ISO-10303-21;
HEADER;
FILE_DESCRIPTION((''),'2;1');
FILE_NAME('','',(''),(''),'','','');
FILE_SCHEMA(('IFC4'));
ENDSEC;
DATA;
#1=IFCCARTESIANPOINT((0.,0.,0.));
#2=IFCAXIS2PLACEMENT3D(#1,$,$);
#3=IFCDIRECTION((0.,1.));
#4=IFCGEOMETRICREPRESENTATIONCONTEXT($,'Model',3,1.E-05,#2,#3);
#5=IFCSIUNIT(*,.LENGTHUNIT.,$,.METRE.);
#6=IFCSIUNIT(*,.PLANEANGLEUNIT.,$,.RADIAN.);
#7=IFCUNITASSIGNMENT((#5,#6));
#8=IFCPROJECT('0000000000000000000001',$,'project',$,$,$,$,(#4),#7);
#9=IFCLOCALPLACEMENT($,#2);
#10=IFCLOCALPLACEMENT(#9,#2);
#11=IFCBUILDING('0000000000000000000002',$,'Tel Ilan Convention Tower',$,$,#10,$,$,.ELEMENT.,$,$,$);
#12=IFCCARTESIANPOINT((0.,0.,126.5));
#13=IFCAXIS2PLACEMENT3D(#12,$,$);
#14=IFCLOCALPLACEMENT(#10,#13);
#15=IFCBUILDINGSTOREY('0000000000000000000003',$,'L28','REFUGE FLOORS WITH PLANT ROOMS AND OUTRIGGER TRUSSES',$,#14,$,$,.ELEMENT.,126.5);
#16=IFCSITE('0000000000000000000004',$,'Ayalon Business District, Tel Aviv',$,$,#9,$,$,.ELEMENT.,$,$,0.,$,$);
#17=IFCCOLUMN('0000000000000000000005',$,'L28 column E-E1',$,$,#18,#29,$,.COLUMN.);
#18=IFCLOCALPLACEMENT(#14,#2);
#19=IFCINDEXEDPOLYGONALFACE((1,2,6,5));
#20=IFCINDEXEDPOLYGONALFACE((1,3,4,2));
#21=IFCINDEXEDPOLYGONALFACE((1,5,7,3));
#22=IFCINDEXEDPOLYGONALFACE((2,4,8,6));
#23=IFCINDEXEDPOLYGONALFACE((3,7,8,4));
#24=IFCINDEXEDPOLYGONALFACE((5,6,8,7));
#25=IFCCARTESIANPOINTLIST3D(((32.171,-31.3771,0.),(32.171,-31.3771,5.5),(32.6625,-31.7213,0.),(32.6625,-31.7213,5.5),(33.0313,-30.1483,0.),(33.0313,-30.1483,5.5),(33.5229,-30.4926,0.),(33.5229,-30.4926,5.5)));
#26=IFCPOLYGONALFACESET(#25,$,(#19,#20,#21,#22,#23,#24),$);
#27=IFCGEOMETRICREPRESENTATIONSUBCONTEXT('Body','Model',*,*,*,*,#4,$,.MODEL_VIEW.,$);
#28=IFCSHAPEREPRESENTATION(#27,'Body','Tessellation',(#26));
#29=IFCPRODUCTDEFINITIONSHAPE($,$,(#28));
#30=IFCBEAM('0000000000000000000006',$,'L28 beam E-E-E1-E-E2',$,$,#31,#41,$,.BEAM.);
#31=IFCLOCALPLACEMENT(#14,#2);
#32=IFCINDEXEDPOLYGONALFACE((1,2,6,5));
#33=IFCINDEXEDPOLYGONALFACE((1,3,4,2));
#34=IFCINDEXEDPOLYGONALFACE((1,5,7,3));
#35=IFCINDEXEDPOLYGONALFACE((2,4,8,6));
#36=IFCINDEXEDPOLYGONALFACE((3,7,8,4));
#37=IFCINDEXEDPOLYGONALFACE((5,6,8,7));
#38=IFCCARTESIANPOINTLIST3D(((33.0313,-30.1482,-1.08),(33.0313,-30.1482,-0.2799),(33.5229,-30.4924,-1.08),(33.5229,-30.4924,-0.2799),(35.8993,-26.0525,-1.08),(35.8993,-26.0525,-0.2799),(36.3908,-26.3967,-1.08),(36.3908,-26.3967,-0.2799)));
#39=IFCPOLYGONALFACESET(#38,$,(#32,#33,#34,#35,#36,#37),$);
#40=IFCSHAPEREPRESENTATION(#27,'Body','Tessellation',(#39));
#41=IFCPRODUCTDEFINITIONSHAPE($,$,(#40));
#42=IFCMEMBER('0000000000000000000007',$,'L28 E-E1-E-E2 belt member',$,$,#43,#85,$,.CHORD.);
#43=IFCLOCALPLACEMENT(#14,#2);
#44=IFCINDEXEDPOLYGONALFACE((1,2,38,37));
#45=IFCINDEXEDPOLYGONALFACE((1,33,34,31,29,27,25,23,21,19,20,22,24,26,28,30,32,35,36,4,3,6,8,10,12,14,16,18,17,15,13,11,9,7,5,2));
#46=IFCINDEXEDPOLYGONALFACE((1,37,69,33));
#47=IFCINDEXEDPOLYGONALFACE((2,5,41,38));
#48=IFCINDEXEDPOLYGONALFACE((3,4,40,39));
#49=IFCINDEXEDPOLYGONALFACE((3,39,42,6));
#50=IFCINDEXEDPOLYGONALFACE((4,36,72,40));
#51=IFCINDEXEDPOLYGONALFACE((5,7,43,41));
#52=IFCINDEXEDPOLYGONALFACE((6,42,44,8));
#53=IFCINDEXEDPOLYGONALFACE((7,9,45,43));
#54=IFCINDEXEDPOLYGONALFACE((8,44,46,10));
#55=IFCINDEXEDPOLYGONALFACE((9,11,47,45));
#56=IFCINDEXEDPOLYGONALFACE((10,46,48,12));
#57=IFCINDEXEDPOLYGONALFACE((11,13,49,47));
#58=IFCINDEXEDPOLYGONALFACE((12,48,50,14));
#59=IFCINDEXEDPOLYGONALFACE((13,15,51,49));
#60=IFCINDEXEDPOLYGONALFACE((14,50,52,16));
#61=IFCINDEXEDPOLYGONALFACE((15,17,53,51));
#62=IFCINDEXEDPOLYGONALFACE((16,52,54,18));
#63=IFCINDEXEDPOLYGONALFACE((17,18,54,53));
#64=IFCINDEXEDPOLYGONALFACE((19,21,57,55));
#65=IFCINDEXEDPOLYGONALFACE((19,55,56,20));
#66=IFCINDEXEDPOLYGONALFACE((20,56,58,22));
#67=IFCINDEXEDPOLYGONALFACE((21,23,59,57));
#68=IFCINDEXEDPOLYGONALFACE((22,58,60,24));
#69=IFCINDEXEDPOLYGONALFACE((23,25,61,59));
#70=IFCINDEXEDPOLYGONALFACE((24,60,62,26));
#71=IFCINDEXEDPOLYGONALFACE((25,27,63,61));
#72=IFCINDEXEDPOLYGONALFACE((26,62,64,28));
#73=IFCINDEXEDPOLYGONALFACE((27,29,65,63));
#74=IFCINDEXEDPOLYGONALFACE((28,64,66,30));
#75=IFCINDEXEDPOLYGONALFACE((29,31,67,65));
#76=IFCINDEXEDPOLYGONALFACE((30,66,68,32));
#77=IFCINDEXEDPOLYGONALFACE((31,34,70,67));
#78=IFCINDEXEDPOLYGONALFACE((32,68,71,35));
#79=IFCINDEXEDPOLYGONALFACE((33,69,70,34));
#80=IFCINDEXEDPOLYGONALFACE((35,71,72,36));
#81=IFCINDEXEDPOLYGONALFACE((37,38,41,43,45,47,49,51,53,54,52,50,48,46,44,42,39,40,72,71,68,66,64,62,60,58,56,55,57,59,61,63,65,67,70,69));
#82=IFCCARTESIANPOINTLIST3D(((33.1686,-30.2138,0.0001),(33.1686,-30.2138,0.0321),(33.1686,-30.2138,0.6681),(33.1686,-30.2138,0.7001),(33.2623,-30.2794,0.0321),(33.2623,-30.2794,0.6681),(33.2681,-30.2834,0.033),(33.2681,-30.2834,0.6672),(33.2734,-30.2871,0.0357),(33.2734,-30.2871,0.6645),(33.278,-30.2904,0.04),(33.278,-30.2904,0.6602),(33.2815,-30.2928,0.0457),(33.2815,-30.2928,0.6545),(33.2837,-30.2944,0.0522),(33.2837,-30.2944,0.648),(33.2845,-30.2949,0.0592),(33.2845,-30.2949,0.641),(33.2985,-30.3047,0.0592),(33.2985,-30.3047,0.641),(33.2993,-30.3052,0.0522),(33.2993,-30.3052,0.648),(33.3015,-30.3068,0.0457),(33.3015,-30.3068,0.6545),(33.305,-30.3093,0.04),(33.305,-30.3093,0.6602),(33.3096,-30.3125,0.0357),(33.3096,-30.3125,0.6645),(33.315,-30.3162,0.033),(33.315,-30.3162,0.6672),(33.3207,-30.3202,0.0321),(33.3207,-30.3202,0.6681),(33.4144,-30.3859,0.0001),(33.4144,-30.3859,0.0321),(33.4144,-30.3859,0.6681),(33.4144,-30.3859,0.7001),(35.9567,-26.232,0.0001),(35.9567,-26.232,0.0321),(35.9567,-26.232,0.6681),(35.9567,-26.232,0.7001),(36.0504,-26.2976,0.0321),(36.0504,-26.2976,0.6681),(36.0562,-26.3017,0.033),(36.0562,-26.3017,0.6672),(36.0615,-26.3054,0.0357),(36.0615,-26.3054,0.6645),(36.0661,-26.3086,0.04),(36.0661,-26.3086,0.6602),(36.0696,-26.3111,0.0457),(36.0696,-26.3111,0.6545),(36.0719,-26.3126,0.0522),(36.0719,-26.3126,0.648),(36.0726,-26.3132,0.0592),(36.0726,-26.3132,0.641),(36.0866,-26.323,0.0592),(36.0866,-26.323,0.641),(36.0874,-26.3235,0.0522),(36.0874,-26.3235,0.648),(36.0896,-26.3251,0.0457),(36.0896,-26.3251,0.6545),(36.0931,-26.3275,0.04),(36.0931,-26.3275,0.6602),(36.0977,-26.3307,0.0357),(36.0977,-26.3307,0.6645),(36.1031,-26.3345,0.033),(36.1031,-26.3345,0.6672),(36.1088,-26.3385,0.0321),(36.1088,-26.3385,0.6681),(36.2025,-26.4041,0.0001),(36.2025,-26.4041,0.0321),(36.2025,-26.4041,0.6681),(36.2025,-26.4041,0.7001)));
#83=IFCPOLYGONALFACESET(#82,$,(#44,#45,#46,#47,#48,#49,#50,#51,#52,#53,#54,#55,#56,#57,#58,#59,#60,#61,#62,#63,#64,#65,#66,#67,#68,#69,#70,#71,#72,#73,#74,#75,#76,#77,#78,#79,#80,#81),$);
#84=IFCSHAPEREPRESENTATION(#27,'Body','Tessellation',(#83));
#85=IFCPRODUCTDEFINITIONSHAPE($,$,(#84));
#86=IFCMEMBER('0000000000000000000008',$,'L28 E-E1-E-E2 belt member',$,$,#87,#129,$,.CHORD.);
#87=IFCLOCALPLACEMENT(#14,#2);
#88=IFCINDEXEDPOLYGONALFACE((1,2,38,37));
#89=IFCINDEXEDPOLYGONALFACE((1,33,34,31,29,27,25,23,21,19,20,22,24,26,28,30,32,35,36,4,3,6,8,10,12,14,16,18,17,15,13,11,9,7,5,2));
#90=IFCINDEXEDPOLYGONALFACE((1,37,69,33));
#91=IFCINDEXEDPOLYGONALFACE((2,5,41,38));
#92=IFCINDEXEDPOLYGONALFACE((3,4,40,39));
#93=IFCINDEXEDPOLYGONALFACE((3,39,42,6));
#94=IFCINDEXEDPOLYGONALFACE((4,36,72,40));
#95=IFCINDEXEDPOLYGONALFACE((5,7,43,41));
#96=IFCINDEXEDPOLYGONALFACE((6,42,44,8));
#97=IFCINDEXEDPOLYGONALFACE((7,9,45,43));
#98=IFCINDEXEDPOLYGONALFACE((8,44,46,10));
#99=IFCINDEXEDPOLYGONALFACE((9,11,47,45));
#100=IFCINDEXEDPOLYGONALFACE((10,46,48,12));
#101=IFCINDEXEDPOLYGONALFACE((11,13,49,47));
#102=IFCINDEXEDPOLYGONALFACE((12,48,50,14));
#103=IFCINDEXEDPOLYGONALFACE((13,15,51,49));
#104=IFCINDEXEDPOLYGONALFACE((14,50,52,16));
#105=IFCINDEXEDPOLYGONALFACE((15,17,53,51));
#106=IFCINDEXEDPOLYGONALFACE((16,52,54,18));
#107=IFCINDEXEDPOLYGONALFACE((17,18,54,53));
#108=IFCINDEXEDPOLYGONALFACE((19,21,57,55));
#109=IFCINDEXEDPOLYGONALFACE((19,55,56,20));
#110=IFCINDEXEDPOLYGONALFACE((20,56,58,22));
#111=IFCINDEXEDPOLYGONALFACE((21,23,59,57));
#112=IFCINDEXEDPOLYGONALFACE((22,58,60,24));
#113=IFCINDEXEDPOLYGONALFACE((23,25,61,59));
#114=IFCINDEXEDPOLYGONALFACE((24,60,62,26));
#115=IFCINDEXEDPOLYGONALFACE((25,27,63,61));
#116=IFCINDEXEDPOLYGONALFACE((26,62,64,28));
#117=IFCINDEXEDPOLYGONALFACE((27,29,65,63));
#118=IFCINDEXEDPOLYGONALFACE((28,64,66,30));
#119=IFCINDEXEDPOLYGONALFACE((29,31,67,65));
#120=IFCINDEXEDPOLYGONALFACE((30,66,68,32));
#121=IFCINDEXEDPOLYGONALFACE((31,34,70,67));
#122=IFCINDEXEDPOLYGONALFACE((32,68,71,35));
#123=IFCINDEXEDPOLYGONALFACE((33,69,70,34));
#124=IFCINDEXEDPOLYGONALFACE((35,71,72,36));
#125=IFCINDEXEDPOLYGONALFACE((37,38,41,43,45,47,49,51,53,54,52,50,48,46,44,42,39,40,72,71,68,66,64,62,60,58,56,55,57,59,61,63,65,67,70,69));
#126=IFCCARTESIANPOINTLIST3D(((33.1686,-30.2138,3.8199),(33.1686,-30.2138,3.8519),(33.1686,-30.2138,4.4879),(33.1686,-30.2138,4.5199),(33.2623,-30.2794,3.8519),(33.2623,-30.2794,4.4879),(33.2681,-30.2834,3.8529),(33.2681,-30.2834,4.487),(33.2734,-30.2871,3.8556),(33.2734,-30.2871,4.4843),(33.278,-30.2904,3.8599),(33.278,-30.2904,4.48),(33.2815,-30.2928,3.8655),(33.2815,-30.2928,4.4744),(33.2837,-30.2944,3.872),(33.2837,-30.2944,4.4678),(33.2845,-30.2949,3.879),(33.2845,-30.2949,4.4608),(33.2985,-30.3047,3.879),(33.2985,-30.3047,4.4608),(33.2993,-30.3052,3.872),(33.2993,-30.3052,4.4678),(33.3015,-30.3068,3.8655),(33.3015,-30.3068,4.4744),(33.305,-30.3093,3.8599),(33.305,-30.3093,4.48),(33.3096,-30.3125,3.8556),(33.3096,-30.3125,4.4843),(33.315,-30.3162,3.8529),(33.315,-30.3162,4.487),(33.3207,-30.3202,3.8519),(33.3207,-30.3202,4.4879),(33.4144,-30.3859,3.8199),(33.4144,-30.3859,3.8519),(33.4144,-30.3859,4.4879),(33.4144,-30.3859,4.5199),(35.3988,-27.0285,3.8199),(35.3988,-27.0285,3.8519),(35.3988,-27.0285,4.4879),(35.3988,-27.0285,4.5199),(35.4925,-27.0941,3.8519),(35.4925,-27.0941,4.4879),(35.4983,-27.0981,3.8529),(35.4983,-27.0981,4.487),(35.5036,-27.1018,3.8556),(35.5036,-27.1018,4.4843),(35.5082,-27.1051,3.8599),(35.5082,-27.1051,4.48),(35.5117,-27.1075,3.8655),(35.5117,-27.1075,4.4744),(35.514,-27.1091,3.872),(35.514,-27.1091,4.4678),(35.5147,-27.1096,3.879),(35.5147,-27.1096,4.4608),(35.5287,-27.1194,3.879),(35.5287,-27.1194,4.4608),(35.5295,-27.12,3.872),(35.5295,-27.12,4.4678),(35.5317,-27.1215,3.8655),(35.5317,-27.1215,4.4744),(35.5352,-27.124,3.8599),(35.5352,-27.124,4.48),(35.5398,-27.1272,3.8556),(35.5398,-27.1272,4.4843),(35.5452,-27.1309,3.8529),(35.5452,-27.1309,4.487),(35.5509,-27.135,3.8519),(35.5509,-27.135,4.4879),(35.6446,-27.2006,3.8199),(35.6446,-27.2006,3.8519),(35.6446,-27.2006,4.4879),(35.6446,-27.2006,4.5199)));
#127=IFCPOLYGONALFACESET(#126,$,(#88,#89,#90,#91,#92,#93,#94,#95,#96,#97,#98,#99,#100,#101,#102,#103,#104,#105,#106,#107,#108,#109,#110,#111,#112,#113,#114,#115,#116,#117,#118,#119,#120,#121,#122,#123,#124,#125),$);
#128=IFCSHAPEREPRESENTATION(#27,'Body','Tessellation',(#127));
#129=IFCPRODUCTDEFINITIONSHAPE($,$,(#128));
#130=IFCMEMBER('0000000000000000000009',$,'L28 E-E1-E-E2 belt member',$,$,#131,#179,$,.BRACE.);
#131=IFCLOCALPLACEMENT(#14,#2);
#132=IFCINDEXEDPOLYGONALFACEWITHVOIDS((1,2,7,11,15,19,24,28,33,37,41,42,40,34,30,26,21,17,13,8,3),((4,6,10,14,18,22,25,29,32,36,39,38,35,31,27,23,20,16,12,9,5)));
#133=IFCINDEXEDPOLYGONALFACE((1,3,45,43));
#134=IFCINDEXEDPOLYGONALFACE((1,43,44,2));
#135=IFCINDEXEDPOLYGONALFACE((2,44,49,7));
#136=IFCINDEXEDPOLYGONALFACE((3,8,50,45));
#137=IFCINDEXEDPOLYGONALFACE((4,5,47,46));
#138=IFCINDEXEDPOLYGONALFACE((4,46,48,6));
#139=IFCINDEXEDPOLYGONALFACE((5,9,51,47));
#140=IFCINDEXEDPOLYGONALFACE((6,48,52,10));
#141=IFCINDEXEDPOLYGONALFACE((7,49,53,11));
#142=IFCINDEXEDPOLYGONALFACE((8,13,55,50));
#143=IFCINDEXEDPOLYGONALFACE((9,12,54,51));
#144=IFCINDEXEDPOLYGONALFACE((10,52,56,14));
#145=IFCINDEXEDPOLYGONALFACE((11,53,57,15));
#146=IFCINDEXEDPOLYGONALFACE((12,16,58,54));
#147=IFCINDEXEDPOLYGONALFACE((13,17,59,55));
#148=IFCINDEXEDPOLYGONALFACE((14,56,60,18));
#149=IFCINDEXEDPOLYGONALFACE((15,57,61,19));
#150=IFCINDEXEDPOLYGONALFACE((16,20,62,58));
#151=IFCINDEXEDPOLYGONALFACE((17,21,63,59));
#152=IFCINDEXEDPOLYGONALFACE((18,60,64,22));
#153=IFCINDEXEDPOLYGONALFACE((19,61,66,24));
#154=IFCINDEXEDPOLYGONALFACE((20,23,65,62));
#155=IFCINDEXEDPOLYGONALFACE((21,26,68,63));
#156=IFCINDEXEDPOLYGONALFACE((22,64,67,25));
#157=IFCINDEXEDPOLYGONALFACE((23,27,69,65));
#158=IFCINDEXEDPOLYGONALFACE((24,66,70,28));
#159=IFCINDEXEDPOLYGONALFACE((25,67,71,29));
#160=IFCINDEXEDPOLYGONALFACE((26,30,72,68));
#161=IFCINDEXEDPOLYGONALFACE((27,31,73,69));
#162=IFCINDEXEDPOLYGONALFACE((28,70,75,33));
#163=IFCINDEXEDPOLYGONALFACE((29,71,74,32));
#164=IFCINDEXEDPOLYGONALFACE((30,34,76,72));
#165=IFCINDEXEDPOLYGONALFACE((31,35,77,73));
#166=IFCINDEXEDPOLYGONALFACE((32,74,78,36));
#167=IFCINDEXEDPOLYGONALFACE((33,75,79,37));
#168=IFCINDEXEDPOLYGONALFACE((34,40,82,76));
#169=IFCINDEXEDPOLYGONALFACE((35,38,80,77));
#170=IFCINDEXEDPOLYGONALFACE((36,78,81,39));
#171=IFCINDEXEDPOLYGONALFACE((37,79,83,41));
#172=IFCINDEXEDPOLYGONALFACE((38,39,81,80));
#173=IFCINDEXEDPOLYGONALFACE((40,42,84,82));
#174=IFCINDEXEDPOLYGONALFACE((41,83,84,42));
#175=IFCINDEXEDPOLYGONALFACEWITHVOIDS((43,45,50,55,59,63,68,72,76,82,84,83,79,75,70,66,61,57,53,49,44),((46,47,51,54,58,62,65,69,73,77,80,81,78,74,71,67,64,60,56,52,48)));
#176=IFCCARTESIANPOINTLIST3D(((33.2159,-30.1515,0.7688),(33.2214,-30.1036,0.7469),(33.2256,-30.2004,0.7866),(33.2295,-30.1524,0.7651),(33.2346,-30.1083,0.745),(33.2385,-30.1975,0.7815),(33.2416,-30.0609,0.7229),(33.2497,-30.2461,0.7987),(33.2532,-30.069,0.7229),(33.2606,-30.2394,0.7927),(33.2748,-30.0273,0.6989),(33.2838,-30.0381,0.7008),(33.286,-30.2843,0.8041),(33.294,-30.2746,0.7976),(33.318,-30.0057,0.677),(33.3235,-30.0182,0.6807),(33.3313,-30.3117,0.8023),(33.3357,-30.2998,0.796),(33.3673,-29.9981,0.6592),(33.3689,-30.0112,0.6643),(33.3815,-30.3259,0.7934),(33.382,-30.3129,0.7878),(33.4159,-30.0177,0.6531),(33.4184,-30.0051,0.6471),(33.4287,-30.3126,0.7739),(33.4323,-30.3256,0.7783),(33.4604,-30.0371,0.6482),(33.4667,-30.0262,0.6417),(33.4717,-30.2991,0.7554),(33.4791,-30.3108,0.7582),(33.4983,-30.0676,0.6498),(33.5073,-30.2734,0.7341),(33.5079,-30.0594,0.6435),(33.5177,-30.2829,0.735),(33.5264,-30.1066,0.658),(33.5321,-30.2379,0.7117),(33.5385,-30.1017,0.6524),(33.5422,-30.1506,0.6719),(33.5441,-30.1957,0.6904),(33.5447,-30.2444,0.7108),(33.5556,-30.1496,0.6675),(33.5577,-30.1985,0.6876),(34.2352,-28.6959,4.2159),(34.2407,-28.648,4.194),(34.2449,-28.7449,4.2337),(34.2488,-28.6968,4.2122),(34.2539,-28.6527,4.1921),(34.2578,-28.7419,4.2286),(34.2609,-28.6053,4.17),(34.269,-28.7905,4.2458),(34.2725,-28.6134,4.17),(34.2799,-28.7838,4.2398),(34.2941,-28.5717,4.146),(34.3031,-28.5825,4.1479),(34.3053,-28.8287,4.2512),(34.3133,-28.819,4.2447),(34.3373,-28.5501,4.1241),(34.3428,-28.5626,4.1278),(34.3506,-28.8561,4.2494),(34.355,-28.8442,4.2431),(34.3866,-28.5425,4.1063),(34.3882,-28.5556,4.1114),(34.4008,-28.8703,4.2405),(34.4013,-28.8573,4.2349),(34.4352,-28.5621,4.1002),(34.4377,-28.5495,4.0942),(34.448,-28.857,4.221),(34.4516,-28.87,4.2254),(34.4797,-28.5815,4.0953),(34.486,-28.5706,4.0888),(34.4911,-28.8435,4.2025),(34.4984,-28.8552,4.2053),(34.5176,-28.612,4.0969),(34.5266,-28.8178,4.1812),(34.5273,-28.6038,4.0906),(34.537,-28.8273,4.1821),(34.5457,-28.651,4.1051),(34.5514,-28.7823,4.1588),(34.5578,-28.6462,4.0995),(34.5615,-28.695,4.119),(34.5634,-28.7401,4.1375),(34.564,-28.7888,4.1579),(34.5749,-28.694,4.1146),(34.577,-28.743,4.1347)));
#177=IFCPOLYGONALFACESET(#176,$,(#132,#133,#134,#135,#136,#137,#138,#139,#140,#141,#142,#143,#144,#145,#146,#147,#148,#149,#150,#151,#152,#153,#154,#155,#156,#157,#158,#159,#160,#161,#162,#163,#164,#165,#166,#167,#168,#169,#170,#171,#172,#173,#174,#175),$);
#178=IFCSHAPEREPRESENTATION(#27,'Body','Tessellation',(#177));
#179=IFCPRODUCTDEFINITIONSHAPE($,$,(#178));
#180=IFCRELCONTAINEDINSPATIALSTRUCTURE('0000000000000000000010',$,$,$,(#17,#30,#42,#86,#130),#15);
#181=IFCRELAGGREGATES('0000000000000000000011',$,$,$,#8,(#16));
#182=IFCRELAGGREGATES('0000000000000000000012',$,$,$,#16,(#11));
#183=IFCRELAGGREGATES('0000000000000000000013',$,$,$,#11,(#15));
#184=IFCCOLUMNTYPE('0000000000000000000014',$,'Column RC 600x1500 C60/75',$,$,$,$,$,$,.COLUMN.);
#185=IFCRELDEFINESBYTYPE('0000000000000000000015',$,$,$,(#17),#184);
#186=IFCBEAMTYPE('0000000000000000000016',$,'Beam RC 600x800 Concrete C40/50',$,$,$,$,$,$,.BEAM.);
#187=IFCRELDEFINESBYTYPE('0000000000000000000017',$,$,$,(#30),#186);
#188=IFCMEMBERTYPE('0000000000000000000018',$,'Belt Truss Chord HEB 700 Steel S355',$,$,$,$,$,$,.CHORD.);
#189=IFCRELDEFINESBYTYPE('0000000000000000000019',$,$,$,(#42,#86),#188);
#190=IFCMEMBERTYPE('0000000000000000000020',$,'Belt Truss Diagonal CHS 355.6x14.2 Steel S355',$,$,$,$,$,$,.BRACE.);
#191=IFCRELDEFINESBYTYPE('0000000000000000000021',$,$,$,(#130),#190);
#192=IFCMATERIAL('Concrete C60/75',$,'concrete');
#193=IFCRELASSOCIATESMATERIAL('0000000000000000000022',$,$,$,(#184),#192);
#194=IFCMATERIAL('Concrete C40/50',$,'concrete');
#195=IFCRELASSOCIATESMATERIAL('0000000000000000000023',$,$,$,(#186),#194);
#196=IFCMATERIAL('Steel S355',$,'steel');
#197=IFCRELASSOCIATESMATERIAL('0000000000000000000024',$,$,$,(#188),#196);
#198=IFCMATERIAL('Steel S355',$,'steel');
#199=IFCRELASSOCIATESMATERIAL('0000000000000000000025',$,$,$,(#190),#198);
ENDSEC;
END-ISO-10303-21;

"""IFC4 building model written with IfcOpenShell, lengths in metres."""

from ifc_helpers import new_model, si_unit, direction, frame, origin, origin_2d, place, context, subcontext, project, spatial, rectangle, hollow_circle, i_section, extrude, material, material_profile, profile_set, type_object, element, save


model = new_model("IFC4")

# Units and contexts
model_context = context("Model", 3, precision=1e-05, world=origin(), true_north=direction((0.0, 1.0)))
body_context = subcontext(model_context, "Body", "Model", "MODEL_VIEW")
ifc_project = project(units=[si_unit("LENGTHUNIT", "METRE"), si_unit("PLANEANGLEUNIT", "RADIAN")], contexts=[model_context])

# Site, building, storey
site_placement = place(None, origin())
site = spatial("IfcSite", under=ifc_project, at=site_placement, Name="Ayalon Business District, Tel Aviv", CompositionType="ELEMENT", RefElevation=0.0)
building_placement = place(site_placement, origin())
building = spatial("IfcBuilding", under=site, at=building_placement, Name="Tel Ilan Convention Tower", CompositionType="ELEMENT")
storey_placement = place(building_placement, frame((0.0, 0.0, 126.5)))
storey = spatial("IfcBuildingStorey", under=building, at=storey_placement, Name="L28", Description="REFUGE FLOORS WITH PLANT ROOMS AND OUTRIGGER TRUSSES", CompositionType="ELEMENT", Elevation=126.5)

# Column
ifc_material_1 = material(Name="Concrete C60/75", Category="concrete")
ifc_material_profile_1 = material_profile(ifc_material_1, rectangle(XDim=1.5, YDim=0.6001, at=origin_2d()), Name="RC 600x1500")
ifc_profile_set_1 = profile_set([ifc_material_profile_1], Name="Concrete C60/75")
column_type = type_object("IfcColumnType", Name="Column RC 600x1500 C60/75", PredefinedType="COLUMN", material=ifc_profile_set_1)
column_placement = place(storey_placement, frame((32.8469, -30.9348, 0.0), z_axis=(0.0, 0.0, 1.0), x_axis=(0.573576, 0.819152, 0.0)))
element("IfcColumn", 1, at=column_placement, inside=storey, type_object=column_type, Name="L28 column E-E1", PredefinedType="COLUMN", context=body_context, shape_type="SweptSolid", body=[
    extrude(rectangle(XDim=1.5, YDim=0.6001, at=origin_2d()), origin(), (0.0, 0.0, 1.0), 5.5),
])

# Beam
ifc_material_2 = material(Name="Concrete C40/50", Category="concrete")
ifc_material_profile_2 = material_profile(ifc_material_2, rectangle(XDim=0.6001, YDim=0.8, at=origin_2d()), Name="RC 600x800")
ifc_profile_set_2 = profile_set([ifc_material_profile_2], Name="Concrete C40/50")
beam_type = type_object("IfcBeamType", Name="Beam RC 600x800 Concrete C40/50", PredefinedType="BEAM", material=ifc_profile_set_2)
beam_placement = place(storey_placement, frame((33.2771, -30.3203, -0.6799), z_axis=(0.573587, 0.819145, 0.0), x_axis=(-0.819145, 0.573587, 0.0)))
element("IfcBeam", 2, at=beam_placement, inside=storey, type_object=beam_type, Name="L28 beam E-E-E1-E-E2", PredefinedType="BEAM", context=body_context, shape_type="SweptSolid", body=[
    extrude(rectangle(XDim=0.6001, YDim=0.8, at=origin_2d()), origin(), (0.0, 0.0, 1.0), 5.0),
])

# Members
ifc_material_3 = material(Name="Steel S355", Category="steel")
ifc_material_profile_3 = material_profile(ifc_material_3, i_section(OverallWidth=0.3, OverallDepth=0.7, WebThickness=0.0171, FlangeThickness=0.032, FilletRadius=0.0271, at=origin_2d()), Name="HEB 700")
ifc_profile_set_3 = profile_set([ifc_material_profile_3], Name="Steel S355")
member_type_1 = type_object("IfcMemberType", Name="Belt Truss Chord HEB 700 Steel S355", PredefinedType="CHORD", material=ifc_profile_set_3)
member_1_placement = place(storey_placement, frame((33.2915, -30.2998, 0.3501), z_axis=(0.573587, 0.819145, 0.0), x_axis=(-0.819145, 0.573587, 0.0)))
element("IfcMember", 3, at=member_1_placement, inside=storey, type_object=member_type_1, Name="L28 E-E1-E-E2 belt member", PredefinedType="CHORD", context=body_context, shape_type="SweptSolid", body=[
    extrude(i_section(OverallWidth=0.3, OverallDepth=0.7, WebThickness=0.0171, FlangeThickness=0.032, FilletRadius=0.0271, at=origin_2d()), origin(), (0.0, 0.0, 1.0), 4.8608),
])
member_2_placement = place(storey_placement, frame((33.2915, -30.2998, 4.1699), z_axis=(0.573551, 0.81917, 0.0), x_axis=(-0.81917, 0.573551, 0.0)))
element("IfcMember", 4, at=member_2_placement, inside=storey, type_object=member_type_1, Name="L28 E-E1-E-E2 belt member", PredefinedType="CHORD", context=body_context, shape_type="SweptSolid", body=[
    extrude(i_section(OverallWidth=0.3, OverallDepth=0.7, WebThickness=0.0171, FlangeThickness=0.032, FilletRadius=0.0271, at=origin_2d()), origin(), (0.0, 0.0, 1.0), 3.8884),
])
ifc_material_4 = material(Name="Steel S355", Category="steel")
ifc_material_profile_4 = material_profile(ifc_material_4, hollow_circle(Radius=0.1777, WallThickness=0.0142, at=origin_2d()), Name="CHS 355.6x14.2")
ifc_profile_set_4 = profile_set([ifc_material_profile_4], Name="Steel S355")
member_type_2 = type_object("IfcMemberType", Name="Belt Truss Diagonal CHS 355.6x14.2 Steel S355", PredefinedType="BRACE", material=ifc_profile_set_4)
member_3_placement = place(storey_placement, frame((33.3872, -30.1628, 0.7229), z_axis=(0.262832, 0.375331, 0.888845), x_axis=(-0.819129, 0.57361, 0.0)))
element("IfcMember", 5, at=member_3_placement, inside=storey, type_object=member_type_2, Name="L28 E-E1-E-E2 belt member", PredefinedType="BRACE", context=body_context, shape_type="SweptSolid", body=[
    extrude(hollow_circle(Radius=0.1777, WallThickness=0.0142, at=origin_2d()), origin(), (0.0, 0.0, 1.0), 3.8782),
])

save(model, "model.ifc")
